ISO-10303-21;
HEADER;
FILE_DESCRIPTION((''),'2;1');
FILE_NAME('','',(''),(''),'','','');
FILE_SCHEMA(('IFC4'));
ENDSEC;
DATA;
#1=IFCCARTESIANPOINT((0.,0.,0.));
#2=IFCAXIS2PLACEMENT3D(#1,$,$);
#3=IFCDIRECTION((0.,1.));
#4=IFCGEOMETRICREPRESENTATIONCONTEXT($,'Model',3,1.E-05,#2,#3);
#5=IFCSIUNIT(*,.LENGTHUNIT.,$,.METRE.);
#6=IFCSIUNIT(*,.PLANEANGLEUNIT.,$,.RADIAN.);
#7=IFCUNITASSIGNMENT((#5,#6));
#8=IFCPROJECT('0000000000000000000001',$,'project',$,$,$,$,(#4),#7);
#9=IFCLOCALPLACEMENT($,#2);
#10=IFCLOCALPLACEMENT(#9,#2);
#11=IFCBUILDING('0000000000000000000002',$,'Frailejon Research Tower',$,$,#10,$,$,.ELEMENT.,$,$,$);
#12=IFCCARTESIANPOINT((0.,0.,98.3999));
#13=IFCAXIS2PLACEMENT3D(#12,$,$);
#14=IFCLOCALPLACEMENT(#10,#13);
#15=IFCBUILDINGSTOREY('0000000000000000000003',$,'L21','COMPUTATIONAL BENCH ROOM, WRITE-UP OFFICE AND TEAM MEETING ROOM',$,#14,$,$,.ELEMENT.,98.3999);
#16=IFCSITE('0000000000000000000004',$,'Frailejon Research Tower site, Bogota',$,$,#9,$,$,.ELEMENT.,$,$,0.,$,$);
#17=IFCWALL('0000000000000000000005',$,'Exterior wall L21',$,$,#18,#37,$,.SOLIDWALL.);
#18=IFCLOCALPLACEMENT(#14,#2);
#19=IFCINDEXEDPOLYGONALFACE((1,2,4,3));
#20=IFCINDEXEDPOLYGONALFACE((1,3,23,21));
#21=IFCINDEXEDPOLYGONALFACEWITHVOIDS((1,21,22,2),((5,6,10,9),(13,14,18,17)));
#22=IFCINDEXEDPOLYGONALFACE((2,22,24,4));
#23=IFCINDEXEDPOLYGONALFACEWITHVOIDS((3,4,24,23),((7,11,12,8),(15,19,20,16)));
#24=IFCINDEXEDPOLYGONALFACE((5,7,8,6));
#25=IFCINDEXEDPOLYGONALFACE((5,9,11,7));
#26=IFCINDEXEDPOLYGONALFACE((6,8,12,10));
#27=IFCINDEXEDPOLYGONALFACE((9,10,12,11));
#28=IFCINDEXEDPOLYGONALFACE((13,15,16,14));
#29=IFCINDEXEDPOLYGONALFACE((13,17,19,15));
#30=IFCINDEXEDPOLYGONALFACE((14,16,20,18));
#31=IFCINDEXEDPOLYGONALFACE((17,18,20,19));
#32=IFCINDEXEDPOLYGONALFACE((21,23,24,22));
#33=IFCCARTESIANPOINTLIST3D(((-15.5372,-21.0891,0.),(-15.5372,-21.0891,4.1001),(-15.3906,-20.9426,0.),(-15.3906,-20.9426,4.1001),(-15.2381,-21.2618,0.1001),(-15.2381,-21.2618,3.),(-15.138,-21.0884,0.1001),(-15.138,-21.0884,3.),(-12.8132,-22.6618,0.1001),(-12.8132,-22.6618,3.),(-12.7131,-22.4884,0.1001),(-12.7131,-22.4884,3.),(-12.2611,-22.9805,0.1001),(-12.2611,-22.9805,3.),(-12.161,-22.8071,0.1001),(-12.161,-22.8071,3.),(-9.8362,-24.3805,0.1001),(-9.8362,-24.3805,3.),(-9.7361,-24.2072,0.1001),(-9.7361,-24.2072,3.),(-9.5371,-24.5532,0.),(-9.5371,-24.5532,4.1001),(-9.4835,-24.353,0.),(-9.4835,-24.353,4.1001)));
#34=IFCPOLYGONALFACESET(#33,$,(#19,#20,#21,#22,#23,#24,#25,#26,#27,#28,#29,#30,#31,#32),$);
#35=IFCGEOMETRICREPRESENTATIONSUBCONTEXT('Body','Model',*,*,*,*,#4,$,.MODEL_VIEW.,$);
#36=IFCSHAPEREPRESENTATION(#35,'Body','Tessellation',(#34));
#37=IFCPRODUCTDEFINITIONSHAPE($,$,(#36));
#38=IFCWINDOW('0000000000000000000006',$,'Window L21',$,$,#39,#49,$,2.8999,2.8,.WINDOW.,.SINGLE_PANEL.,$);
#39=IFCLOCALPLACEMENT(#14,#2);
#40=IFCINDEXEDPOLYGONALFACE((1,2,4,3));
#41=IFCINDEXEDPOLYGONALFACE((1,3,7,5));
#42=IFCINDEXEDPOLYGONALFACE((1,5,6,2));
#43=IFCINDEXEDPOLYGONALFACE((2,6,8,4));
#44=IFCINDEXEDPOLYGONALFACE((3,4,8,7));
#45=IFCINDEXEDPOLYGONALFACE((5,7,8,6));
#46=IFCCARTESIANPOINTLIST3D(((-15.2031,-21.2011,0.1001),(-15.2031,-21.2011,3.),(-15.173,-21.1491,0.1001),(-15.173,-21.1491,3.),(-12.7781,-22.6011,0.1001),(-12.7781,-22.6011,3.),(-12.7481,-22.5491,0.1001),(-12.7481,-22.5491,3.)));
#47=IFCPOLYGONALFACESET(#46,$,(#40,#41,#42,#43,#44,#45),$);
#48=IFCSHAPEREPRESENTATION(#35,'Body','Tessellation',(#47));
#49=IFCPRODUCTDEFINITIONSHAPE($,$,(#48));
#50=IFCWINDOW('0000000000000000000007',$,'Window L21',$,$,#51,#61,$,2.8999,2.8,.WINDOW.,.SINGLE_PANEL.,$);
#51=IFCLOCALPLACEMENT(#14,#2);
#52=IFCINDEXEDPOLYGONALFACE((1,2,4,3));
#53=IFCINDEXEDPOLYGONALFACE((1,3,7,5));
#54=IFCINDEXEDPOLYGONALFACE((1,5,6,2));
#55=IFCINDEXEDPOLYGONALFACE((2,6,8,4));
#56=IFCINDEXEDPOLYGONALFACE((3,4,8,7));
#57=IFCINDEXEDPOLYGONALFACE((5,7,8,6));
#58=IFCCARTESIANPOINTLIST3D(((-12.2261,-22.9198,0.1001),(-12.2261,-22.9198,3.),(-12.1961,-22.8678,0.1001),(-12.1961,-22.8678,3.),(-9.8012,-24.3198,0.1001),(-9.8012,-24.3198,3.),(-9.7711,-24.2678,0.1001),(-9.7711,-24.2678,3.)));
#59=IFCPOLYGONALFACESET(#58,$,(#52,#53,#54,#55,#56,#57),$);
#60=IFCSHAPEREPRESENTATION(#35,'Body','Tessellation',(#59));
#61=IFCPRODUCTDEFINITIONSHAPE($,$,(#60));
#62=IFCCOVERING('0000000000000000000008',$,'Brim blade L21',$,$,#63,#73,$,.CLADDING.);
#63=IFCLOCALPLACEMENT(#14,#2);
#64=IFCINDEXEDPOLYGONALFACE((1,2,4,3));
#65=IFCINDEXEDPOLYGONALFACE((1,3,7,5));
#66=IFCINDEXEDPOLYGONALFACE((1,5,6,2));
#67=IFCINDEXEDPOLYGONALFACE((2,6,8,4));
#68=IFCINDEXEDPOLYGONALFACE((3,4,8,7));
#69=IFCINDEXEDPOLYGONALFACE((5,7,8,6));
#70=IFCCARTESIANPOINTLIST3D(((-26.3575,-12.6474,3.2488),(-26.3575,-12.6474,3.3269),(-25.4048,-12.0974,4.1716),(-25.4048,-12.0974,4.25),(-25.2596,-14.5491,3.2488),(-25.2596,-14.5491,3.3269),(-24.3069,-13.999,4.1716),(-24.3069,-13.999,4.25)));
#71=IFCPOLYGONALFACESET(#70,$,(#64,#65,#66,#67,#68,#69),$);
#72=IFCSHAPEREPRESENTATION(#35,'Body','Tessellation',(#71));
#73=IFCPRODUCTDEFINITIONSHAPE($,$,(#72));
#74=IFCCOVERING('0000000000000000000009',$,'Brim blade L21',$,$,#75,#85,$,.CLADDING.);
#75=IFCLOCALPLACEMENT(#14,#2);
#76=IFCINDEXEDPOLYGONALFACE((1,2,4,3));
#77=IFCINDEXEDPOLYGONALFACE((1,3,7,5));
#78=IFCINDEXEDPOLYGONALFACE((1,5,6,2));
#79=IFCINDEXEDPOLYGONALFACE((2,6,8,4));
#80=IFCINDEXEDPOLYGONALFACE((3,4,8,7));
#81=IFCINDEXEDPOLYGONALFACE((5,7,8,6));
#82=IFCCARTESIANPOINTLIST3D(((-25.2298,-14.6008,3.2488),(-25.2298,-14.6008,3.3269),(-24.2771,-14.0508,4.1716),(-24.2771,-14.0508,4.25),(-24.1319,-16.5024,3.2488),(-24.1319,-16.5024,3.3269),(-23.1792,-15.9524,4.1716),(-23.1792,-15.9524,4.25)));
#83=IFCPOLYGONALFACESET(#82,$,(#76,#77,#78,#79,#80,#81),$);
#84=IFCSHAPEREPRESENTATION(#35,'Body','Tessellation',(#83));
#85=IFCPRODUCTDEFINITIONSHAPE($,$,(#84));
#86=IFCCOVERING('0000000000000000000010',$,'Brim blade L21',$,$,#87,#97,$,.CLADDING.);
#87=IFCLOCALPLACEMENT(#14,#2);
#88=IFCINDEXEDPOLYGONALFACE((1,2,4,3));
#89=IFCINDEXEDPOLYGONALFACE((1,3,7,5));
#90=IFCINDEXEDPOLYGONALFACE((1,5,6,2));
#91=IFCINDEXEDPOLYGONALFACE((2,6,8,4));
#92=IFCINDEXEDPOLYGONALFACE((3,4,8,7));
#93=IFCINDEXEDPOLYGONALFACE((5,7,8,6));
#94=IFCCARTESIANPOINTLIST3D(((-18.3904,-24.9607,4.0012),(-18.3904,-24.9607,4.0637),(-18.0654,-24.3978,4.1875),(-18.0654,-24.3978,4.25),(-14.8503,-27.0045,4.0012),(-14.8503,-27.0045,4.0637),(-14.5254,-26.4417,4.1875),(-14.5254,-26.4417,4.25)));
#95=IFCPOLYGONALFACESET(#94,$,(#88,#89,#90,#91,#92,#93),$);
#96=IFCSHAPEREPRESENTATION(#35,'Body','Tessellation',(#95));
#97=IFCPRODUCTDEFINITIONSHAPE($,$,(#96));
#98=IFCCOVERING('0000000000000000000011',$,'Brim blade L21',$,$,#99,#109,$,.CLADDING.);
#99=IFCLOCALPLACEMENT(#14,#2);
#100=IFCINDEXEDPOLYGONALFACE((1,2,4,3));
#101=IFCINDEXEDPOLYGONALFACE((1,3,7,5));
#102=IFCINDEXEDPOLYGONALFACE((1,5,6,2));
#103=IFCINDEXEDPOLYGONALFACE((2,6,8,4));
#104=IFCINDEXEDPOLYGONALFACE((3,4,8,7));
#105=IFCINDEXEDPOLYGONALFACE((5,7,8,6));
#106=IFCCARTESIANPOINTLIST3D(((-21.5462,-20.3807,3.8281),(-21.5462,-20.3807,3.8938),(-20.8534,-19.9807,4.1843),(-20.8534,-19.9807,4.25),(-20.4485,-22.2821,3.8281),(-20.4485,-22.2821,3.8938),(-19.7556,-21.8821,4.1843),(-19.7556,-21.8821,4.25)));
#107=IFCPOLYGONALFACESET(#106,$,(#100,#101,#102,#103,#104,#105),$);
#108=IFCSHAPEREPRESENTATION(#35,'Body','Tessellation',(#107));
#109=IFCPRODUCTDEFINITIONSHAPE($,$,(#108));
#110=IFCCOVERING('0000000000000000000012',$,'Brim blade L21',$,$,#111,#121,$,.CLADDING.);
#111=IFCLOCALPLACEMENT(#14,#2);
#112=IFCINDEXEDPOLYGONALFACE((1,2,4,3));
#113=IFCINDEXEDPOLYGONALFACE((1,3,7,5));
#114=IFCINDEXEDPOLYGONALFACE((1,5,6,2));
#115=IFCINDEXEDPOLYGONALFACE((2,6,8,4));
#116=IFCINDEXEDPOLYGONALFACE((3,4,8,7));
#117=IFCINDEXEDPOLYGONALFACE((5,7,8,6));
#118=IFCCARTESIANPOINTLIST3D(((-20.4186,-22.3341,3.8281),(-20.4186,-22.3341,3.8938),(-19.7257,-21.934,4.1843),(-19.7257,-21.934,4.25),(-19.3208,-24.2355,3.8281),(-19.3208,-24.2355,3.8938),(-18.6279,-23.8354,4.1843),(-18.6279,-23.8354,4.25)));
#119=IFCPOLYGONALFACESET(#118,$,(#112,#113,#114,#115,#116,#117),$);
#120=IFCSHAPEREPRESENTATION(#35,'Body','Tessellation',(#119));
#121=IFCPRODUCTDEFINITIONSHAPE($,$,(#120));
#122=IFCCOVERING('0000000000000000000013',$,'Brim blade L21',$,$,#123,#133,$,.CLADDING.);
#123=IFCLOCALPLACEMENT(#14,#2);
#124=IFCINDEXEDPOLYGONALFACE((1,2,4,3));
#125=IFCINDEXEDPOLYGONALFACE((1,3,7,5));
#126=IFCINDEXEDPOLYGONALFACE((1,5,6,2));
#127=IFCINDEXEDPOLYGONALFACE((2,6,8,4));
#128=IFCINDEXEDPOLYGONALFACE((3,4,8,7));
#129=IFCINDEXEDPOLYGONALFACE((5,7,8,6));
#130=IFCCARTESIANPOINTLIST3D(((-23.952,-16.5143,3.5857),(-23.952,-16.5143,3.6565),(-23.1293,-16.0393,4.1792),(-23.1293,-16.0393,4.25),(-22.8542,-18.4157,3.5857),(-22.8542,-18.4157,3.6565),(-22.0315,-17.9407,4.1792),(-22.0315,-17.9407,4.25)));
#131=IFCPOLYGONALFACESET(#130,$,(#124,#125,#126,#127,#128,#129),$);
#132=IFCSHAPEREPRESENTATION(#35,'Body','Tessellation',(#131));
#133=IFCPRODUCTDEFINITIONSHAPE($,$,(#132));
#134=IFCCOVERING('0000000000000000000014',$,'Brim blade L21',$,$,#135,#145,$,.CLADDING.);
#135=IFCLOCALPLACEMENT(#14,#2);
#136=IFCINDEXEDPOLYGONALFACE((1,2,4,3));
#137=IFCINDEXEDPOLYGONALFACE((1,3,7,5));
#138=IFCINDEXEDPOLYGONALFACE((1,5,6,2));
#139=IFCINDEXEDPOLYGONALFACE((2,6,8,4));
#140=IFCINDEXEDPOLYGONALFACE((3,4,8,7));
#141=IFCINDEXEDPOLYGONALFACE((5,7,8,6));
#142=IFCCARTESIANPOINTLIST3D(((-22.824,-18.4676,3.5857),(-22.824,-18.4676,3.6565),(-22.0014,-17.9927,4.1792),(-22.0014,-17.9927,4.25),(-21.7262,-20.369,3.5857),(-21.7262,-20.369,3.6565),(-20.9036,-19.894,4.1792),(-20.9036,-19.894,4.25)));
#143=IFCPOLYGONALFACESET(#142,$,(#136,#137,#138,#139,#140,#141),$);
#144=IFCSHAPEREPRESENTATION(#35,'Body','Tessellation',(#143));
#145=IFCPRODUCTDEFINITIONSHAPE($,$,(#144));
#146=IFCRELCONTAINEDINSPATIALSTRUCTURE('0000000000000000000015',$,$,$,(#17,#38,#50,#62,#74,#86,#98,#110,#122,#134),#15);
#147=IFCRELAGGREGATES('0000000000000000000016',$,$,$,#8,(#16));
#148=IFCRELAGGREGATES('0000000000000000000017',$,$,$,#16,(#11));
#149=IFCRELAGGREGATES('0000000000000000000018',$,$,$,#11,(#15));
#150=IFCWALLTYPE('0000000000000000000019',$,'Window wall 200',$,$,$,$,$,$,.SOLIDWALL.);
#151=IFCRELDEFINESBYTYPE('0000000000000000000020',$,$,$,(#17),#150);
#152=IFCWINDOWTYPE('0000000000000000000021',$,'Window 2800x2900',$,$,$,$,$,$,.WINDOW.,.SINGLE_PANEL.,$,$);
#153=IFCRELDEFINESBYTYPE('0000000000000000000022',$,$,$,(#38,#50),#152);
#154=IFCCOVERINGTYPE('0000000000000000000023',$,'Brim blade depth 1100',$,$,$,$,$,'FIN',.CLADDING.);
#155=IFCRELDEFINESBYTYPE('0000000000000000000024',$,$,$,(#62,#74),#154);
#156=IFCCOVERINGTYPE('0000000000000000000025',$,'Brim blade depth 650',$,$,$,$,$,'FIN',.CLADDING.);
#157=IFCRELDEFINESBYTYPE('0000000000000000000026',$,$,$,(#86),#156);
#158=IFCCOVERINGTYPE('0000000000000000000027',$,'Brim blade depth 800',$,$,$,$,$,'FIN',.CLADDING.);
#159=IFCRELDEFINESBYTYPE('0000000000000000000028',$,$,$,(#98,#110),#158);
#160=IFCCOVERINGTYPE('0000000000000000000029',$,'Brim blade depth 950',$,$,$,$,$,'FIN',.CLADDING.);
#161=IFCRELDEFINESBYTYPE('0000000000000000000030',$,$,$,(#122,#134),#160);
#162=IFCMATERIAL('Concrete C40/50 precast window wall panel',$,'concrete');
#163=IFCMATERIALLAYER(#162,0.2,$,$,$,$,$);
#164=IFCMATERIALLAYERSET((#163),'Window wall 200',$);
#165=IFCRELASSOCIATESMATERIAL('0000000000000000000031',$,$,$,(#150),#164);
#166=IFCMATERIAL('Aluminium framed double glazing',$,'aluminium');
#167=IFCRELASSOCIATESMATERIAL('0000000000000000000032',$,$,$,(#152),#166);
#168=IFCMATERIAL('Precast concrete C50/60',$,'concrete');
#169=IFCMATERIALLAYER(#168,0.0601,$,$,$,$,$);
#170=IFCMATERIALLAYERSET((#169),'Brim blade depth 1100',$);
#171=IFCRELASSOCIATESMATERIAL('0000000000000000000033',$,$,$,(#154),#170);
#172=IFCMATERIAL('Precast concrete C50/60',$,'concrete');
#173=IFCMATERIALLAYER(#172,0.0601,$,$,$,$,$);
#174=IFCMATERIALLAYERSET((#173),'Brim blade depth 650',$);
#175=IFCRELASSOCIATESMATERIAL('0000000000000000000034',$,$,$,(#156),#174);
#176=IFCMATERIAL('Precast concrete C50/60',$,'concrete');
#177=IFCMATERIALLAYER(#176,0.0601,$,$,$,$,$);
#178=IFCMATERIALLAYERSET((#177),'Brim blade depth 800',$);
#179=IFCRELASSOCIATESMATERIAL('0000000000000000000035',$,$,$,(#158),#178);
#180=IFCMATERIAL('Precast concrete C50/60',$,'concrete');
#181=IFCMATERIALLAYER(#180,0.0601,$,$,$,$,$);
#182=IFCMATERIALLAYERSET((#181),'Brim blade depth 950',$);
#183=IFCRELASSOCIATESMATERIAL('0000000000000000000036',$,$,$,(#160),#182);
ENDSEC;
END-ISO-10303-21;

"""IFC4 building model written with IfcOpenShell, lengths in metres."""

from ifc_helpers import new_model, si_unit, direction, frame, frame_2d, origin, place, context, subcontext, project, spatial, polyline, rectangle, outline, extrude, material, layer, layer_set, type_object, element, fill, save


model = new_model("IFC4")

# Units and contexts
model_context = context("Model", 3, precision=1e-05, world=origin(), true_north=direction((0.0, 1.0)))
body_context = subcontext(model_context, "Body", "Model", "MODEL_VIEW")
ifc_project = project(units=[si_unit("LENGTHUNIT", "METRE"), si_unit("PLANEANGLEUNIT", "RADIAN")], contexts=[model_context])

# Site, building, storey
site_placement = place(None, origin())
site = spatial("IfcSite", under=ifc_project, at=site_placement, Name="Frailejon Research Tower site, Bogota", CompositionType="ELEMENT", RefElevation=0.0)
building_placement = place(site_placement, origin())
building = spatial("IfcBuilding", under=site, at=building_placement, Name="Frailejon Research Tower", CompositionType="ELEMENT")
storey_placement = place(building_placement, frame((0.0, 0.0, 98.3999)))
storey = spatial("IfcBuildingStorey", under=building, at=storey_placement, Name="L21", Description="COMPUTATIONAL BENCH ROOM, WRITE-UP OFFICE AND TEAM MEETING ROOM", CompositionType="ELEMENT", Elevation=98.3999)

# Wall, openings, windows
ifc_material_1 = material(Name="Concrete C40/50 precast window wall panel", Category="concrete")
ifc_layer_1 = layer(ifc_material_1, 0.2)
ifc_layer_set_1 = layer_set([ifc_layer_1], Name="Window wall 200")
wall_type_1 = type_object("IfcWallType", Name="Window wall 200", PredefinedType="SOLIDWALL", material=ifc_layer_set_1)
wall_1_placement = place(storey_placement, frame((-15.4639, -21.0159, 0.0), z_axis=(0.0, 0.0, 1.0), x_axis=(0.866029, -0.499993, 0.0)))
wall_1 = element("IfcWall", 1, at=wall_1_placement, inside=storey, type_object=wall_type_1, Name="Exterior wall L21", PredefinedType="SOLIDWALL", context=body_context, shape_type="SweptSolid", body=[
    extrude(outline(polyline([(-0.0269, -0.1001), (1.1279, -0.1001), (2.2825, -0.1001), (3.4373, -0.1001), (4.592, -0.1001), (5.7466, -0.1001), (6.9014, -0.1001), (6.8477, 0.1001), (5.7109, 0.1001), (4.574, 0.1001), (3.4373, 0.1001), (2.3005, 0.1001), (1.1636, 0.1001), (0.0269, 0.1001), (-0.0269, -0.1001)])), origin(), (0.0, 0.0, 1.0), 4.1001),
])
opening_1_placement = place(wall_1_placement, frame((0.3186, 0.0, 0.1001)))
opening_1 = element("IfcOpeningElement", 2, at=opening_1_placement, cuts=wall_1, PredefinedType="OPENING", context=body_context, shape_type="SweptSolid", body=[
    extrude(rectangle(XDim=2.8, YDim=2.8999, at=frame_2d((1.3999, 1.45))), frame((0.0, 0.1099, 0.0), z_axis=(0.0, -1.0, 0.0), x_axis=(1.0, 0.0, 0.0)), (0.0, 0.0, 1.0), 0.22),
])
opening_2_placement = place(wall_1_placement, frame((3.7561, 0.0, 0.1001)))
opening_2 = element("IfcOpeningElement", 3, at=opening_2_placement, cuts=wall_1, PredefinedType="OPENING", context=body_context, shape_type="SweptSolid", body=[
    extrude(rectangle(XDim=2.8, YDim=2.8999, at=frame_2d((1.3999, 1.45))), frame((0.0, 0.1099, 0.0), z_axis=(0.0, -1.0, 0.0), x_axis=(1.0, 0.0, 0.0)), (0.0, 0.0, 1.0), 0.22),
])
ifc_material_2 = material(Name="Aluminium framed double glazing", Category="aluminium")
window_type = type_object("IfcWindowType", Name="Window 2800x2900", PartitioningType="SINGLE_PANEL", PredefinedType="WINDOW", material=ifc_material_2)
window_1_placement = place(opening_1_placement, origin())
window_1 = element("IfcWindow", 4, at=window_1_placement, inside=storey, type_object=window_type, Name="Window L21", OverallHeight=2.8999, OverallWidth=2.8, PartitioningType="SINGLE_PANEL", PredefinedType="WINDOW", context=body_context, shape_type="SweptSolid", body=[
    extrude(rectangle(XDim=2.8, YDim=2.8999, at=frame_2d((1.3999, 1.45))), frame((0.0, 0.03, 0.0), z_axis=(0.0, -1.0, 0.0), x_axis=(1.0, 0.0, 0.0)), (0.0, 0.0, 1.0), 0.0601),
])
fill(opening_1, window_1)
window_2_placement = place(opening_2_placement, origin())
window_2 = element("IfcWindow", 5, at=window_2_placement, inside=storey, type_object=window_type, Name="Window L21", OverallHeight=2.8999, OverallWidth=2.8, PartitioningType="SINGLE_PANEL", PredefinedType="WINDOW", context=body_context, shape_type="SweptSolid", body=[
    extrude(rectangle(XDim=2.8, YDim=2.8999, at=frame_2d((1.3999, 1.45))), frame((0.0, 0.03, 0.0), z_axis=(0.0, -1.0, 0.0), x_axis=(1.0, 0.0, 0.0)), (0.0, 0.0, 1.0), 0.0601),
])
fill(opening_2, window_2)

# Coverings
ifc_material_3 = material(Name="Precast concrete C50/60", Category="concrete")
ifc_layer_2 = layer(ifc_material_3, 0.0601)
ifc_layer_set_2 = layer_set([ifc_layer_2], Name="Brim blade depth 1100")
covering_type_1 = type_object("IfcCoveringType", Name="Brim blade depth 1100", ElementType="FIN", PredefinedType="CLADDING", material=ifc_layer_set_2)
for number, where, z_axis, x_axis, name in (
    (6, (-24.3069, -13.999, 4.25), (-0.499986, 0.866033, 0.0), (-0.866033, -0.499986, 0.0), "Brim blade L21"),
    (7, (-23.1792, -15.9524, 4.25), (-0.499986, 0.866033, 0.0), (-0.866033, -0.499986, 0.0), "Brim blade L21"),
):
    element("IfcCovering", number, at=place(storey_placement, frame(where, z_axis=z_axis, x_axis=x_axis)), inside=storey, type_object=covering_type_1, Name=name, PredefinedType="CLADDING", context=body_context, shape_type="SweptSolid", body=[
        extrude(outline(polyline([(0.0, -0.0784), (1.1001, -1.0012), (1.1001, -0.9231), (0.0, 0.0), (0.0, -0.0784)])), origin(), (0.0, 0.0, 1.0), 2.1958),
    ])
ifc_material_4 = material(Name="Precast concrete C50/60", Category="concrete")
ifc_layer_3 = layer(ifc_material_4, 0.0601)
ifc_layer_set_3 = layer_set([ifc_layer_3], Name="Brim blade depth 650")
covering_type_2 = type_object("IfcCoveringType", Name="Brim blade depth 650", ElementType="FIN", PredefinedType="CLADDING", material=ifc_layer_set_3)
covering_placement = place(storey_placement, frame((-14.5254, -26.4417, 4.25), z_axis=(-0.866027, 0.499997, 0.0), x_axis=(-0.499997, -0.866027, 0.0)))
element("IfcCovering", 8, at=covering_placement, inside=storey, type_object=covering_type_2, Name="Brim blade L21", PredefinedType="CLADDING", context=body_context, shape_type="SweptSolid", body=[
    extrude(outline(polyline([(0.0, -0.0625), (0.6499, -0.2488), (0.6499, -0.1863), (0.0, 0.0), (0.0, -0.0625)])), origin(), (0.0, 0.0, 1.0), 4.0876),
])
ifc_material_5 = material(Name="Precast concrete C50/60", Category="concrete")
ifc_layer_4 = layer(ifc_material_5, 0.0601)
ifc_layer_set_4 = layer_set([ifc_layer_4], Name="Brim blade depth 800")
covering_type_3 = type_object("IfcCoveringType", Name="Brim blade depth 800", ElementType="FIN", PredefinedType="CLADDING", material=ifc_layer_set_4)
for number, where, z_axis, x_axis, name in (
    (9, (-19.7556, -21.8821, 4.25), (-0.499996, 0.866028, 0.0), (-0.866028, -0.499996, 0.0), "Brim blade L21"),
    (10, (-18.6279, -23.8354, 4.25), (-0.499996, 0.866028, 0.0), (-0.866028, -0.499996, 0.0), "Brim blade L21"),
):
    element("IfcCovering", number, at=place(storey_placement, frame(where, z_axis=z_axis, x_axis=x_axis)), inside=storey, type_object=covering_type_3, Name=name, PredefinedType="CLADDING", context=body_context, shape_type="SweptSolid", body=[
        extrude(outline(polyline([(0.0, -0.0657), (0.8, -0.4219), (0.8, -0.3562), (0.0, 0.0), (0.0, -0.0657)])), origin(), (0.0, 0.0, 1.0), 2.1956),
    ])
ifc_material_6 = material(Name="Precast concrete C50/60", Category="concrete")
ifc_layer_5 = layer(ifc_material_6, 0.0601)
ifc_layer_set_5 = layer_set([ifc_layer_5], Name="Brim blade depth 950")
covering_type_4 = type_object("IfcCoveringType", Name="Brim blade depth 950", ElementType="FIN", PredefinedType="CLADDING", material=ifc_layer_set_5)
for number, where, z_axis, x_axis, name in (
    (11, (-22.0315, -17.9407, 4.25), (-0.500012, 0.866018, 0.0), (-0.866018, -0.500012, 0.0), "Brim blade L21"),
    (12, (-20.9036, -19.894, 4.25), (-0.500012, 0.866018, 0.0), (-0.866018, -0.500012, 0.0), "Brim blade L21"),
):
    element("IfcCovering", number, at=place(storey_placement, frame(where, z_axis=z_axis, x_axis=x_axis)), inside=storey, type_object=covering_type_4, Name=name, PredefinedType="CLADDING", context=body_context, shape_type="SweptSolid", body=[
        extrude(outline(polyline([(0.0, -0.0708), (0.95, -0.6643), (0.95, -0.5935), (0.0, 0.0), (0.0, -0.0708)])), origin(), (0.0, 0.0, 1.0), 2.1956),
    ])

save(model, "model.ifc")
